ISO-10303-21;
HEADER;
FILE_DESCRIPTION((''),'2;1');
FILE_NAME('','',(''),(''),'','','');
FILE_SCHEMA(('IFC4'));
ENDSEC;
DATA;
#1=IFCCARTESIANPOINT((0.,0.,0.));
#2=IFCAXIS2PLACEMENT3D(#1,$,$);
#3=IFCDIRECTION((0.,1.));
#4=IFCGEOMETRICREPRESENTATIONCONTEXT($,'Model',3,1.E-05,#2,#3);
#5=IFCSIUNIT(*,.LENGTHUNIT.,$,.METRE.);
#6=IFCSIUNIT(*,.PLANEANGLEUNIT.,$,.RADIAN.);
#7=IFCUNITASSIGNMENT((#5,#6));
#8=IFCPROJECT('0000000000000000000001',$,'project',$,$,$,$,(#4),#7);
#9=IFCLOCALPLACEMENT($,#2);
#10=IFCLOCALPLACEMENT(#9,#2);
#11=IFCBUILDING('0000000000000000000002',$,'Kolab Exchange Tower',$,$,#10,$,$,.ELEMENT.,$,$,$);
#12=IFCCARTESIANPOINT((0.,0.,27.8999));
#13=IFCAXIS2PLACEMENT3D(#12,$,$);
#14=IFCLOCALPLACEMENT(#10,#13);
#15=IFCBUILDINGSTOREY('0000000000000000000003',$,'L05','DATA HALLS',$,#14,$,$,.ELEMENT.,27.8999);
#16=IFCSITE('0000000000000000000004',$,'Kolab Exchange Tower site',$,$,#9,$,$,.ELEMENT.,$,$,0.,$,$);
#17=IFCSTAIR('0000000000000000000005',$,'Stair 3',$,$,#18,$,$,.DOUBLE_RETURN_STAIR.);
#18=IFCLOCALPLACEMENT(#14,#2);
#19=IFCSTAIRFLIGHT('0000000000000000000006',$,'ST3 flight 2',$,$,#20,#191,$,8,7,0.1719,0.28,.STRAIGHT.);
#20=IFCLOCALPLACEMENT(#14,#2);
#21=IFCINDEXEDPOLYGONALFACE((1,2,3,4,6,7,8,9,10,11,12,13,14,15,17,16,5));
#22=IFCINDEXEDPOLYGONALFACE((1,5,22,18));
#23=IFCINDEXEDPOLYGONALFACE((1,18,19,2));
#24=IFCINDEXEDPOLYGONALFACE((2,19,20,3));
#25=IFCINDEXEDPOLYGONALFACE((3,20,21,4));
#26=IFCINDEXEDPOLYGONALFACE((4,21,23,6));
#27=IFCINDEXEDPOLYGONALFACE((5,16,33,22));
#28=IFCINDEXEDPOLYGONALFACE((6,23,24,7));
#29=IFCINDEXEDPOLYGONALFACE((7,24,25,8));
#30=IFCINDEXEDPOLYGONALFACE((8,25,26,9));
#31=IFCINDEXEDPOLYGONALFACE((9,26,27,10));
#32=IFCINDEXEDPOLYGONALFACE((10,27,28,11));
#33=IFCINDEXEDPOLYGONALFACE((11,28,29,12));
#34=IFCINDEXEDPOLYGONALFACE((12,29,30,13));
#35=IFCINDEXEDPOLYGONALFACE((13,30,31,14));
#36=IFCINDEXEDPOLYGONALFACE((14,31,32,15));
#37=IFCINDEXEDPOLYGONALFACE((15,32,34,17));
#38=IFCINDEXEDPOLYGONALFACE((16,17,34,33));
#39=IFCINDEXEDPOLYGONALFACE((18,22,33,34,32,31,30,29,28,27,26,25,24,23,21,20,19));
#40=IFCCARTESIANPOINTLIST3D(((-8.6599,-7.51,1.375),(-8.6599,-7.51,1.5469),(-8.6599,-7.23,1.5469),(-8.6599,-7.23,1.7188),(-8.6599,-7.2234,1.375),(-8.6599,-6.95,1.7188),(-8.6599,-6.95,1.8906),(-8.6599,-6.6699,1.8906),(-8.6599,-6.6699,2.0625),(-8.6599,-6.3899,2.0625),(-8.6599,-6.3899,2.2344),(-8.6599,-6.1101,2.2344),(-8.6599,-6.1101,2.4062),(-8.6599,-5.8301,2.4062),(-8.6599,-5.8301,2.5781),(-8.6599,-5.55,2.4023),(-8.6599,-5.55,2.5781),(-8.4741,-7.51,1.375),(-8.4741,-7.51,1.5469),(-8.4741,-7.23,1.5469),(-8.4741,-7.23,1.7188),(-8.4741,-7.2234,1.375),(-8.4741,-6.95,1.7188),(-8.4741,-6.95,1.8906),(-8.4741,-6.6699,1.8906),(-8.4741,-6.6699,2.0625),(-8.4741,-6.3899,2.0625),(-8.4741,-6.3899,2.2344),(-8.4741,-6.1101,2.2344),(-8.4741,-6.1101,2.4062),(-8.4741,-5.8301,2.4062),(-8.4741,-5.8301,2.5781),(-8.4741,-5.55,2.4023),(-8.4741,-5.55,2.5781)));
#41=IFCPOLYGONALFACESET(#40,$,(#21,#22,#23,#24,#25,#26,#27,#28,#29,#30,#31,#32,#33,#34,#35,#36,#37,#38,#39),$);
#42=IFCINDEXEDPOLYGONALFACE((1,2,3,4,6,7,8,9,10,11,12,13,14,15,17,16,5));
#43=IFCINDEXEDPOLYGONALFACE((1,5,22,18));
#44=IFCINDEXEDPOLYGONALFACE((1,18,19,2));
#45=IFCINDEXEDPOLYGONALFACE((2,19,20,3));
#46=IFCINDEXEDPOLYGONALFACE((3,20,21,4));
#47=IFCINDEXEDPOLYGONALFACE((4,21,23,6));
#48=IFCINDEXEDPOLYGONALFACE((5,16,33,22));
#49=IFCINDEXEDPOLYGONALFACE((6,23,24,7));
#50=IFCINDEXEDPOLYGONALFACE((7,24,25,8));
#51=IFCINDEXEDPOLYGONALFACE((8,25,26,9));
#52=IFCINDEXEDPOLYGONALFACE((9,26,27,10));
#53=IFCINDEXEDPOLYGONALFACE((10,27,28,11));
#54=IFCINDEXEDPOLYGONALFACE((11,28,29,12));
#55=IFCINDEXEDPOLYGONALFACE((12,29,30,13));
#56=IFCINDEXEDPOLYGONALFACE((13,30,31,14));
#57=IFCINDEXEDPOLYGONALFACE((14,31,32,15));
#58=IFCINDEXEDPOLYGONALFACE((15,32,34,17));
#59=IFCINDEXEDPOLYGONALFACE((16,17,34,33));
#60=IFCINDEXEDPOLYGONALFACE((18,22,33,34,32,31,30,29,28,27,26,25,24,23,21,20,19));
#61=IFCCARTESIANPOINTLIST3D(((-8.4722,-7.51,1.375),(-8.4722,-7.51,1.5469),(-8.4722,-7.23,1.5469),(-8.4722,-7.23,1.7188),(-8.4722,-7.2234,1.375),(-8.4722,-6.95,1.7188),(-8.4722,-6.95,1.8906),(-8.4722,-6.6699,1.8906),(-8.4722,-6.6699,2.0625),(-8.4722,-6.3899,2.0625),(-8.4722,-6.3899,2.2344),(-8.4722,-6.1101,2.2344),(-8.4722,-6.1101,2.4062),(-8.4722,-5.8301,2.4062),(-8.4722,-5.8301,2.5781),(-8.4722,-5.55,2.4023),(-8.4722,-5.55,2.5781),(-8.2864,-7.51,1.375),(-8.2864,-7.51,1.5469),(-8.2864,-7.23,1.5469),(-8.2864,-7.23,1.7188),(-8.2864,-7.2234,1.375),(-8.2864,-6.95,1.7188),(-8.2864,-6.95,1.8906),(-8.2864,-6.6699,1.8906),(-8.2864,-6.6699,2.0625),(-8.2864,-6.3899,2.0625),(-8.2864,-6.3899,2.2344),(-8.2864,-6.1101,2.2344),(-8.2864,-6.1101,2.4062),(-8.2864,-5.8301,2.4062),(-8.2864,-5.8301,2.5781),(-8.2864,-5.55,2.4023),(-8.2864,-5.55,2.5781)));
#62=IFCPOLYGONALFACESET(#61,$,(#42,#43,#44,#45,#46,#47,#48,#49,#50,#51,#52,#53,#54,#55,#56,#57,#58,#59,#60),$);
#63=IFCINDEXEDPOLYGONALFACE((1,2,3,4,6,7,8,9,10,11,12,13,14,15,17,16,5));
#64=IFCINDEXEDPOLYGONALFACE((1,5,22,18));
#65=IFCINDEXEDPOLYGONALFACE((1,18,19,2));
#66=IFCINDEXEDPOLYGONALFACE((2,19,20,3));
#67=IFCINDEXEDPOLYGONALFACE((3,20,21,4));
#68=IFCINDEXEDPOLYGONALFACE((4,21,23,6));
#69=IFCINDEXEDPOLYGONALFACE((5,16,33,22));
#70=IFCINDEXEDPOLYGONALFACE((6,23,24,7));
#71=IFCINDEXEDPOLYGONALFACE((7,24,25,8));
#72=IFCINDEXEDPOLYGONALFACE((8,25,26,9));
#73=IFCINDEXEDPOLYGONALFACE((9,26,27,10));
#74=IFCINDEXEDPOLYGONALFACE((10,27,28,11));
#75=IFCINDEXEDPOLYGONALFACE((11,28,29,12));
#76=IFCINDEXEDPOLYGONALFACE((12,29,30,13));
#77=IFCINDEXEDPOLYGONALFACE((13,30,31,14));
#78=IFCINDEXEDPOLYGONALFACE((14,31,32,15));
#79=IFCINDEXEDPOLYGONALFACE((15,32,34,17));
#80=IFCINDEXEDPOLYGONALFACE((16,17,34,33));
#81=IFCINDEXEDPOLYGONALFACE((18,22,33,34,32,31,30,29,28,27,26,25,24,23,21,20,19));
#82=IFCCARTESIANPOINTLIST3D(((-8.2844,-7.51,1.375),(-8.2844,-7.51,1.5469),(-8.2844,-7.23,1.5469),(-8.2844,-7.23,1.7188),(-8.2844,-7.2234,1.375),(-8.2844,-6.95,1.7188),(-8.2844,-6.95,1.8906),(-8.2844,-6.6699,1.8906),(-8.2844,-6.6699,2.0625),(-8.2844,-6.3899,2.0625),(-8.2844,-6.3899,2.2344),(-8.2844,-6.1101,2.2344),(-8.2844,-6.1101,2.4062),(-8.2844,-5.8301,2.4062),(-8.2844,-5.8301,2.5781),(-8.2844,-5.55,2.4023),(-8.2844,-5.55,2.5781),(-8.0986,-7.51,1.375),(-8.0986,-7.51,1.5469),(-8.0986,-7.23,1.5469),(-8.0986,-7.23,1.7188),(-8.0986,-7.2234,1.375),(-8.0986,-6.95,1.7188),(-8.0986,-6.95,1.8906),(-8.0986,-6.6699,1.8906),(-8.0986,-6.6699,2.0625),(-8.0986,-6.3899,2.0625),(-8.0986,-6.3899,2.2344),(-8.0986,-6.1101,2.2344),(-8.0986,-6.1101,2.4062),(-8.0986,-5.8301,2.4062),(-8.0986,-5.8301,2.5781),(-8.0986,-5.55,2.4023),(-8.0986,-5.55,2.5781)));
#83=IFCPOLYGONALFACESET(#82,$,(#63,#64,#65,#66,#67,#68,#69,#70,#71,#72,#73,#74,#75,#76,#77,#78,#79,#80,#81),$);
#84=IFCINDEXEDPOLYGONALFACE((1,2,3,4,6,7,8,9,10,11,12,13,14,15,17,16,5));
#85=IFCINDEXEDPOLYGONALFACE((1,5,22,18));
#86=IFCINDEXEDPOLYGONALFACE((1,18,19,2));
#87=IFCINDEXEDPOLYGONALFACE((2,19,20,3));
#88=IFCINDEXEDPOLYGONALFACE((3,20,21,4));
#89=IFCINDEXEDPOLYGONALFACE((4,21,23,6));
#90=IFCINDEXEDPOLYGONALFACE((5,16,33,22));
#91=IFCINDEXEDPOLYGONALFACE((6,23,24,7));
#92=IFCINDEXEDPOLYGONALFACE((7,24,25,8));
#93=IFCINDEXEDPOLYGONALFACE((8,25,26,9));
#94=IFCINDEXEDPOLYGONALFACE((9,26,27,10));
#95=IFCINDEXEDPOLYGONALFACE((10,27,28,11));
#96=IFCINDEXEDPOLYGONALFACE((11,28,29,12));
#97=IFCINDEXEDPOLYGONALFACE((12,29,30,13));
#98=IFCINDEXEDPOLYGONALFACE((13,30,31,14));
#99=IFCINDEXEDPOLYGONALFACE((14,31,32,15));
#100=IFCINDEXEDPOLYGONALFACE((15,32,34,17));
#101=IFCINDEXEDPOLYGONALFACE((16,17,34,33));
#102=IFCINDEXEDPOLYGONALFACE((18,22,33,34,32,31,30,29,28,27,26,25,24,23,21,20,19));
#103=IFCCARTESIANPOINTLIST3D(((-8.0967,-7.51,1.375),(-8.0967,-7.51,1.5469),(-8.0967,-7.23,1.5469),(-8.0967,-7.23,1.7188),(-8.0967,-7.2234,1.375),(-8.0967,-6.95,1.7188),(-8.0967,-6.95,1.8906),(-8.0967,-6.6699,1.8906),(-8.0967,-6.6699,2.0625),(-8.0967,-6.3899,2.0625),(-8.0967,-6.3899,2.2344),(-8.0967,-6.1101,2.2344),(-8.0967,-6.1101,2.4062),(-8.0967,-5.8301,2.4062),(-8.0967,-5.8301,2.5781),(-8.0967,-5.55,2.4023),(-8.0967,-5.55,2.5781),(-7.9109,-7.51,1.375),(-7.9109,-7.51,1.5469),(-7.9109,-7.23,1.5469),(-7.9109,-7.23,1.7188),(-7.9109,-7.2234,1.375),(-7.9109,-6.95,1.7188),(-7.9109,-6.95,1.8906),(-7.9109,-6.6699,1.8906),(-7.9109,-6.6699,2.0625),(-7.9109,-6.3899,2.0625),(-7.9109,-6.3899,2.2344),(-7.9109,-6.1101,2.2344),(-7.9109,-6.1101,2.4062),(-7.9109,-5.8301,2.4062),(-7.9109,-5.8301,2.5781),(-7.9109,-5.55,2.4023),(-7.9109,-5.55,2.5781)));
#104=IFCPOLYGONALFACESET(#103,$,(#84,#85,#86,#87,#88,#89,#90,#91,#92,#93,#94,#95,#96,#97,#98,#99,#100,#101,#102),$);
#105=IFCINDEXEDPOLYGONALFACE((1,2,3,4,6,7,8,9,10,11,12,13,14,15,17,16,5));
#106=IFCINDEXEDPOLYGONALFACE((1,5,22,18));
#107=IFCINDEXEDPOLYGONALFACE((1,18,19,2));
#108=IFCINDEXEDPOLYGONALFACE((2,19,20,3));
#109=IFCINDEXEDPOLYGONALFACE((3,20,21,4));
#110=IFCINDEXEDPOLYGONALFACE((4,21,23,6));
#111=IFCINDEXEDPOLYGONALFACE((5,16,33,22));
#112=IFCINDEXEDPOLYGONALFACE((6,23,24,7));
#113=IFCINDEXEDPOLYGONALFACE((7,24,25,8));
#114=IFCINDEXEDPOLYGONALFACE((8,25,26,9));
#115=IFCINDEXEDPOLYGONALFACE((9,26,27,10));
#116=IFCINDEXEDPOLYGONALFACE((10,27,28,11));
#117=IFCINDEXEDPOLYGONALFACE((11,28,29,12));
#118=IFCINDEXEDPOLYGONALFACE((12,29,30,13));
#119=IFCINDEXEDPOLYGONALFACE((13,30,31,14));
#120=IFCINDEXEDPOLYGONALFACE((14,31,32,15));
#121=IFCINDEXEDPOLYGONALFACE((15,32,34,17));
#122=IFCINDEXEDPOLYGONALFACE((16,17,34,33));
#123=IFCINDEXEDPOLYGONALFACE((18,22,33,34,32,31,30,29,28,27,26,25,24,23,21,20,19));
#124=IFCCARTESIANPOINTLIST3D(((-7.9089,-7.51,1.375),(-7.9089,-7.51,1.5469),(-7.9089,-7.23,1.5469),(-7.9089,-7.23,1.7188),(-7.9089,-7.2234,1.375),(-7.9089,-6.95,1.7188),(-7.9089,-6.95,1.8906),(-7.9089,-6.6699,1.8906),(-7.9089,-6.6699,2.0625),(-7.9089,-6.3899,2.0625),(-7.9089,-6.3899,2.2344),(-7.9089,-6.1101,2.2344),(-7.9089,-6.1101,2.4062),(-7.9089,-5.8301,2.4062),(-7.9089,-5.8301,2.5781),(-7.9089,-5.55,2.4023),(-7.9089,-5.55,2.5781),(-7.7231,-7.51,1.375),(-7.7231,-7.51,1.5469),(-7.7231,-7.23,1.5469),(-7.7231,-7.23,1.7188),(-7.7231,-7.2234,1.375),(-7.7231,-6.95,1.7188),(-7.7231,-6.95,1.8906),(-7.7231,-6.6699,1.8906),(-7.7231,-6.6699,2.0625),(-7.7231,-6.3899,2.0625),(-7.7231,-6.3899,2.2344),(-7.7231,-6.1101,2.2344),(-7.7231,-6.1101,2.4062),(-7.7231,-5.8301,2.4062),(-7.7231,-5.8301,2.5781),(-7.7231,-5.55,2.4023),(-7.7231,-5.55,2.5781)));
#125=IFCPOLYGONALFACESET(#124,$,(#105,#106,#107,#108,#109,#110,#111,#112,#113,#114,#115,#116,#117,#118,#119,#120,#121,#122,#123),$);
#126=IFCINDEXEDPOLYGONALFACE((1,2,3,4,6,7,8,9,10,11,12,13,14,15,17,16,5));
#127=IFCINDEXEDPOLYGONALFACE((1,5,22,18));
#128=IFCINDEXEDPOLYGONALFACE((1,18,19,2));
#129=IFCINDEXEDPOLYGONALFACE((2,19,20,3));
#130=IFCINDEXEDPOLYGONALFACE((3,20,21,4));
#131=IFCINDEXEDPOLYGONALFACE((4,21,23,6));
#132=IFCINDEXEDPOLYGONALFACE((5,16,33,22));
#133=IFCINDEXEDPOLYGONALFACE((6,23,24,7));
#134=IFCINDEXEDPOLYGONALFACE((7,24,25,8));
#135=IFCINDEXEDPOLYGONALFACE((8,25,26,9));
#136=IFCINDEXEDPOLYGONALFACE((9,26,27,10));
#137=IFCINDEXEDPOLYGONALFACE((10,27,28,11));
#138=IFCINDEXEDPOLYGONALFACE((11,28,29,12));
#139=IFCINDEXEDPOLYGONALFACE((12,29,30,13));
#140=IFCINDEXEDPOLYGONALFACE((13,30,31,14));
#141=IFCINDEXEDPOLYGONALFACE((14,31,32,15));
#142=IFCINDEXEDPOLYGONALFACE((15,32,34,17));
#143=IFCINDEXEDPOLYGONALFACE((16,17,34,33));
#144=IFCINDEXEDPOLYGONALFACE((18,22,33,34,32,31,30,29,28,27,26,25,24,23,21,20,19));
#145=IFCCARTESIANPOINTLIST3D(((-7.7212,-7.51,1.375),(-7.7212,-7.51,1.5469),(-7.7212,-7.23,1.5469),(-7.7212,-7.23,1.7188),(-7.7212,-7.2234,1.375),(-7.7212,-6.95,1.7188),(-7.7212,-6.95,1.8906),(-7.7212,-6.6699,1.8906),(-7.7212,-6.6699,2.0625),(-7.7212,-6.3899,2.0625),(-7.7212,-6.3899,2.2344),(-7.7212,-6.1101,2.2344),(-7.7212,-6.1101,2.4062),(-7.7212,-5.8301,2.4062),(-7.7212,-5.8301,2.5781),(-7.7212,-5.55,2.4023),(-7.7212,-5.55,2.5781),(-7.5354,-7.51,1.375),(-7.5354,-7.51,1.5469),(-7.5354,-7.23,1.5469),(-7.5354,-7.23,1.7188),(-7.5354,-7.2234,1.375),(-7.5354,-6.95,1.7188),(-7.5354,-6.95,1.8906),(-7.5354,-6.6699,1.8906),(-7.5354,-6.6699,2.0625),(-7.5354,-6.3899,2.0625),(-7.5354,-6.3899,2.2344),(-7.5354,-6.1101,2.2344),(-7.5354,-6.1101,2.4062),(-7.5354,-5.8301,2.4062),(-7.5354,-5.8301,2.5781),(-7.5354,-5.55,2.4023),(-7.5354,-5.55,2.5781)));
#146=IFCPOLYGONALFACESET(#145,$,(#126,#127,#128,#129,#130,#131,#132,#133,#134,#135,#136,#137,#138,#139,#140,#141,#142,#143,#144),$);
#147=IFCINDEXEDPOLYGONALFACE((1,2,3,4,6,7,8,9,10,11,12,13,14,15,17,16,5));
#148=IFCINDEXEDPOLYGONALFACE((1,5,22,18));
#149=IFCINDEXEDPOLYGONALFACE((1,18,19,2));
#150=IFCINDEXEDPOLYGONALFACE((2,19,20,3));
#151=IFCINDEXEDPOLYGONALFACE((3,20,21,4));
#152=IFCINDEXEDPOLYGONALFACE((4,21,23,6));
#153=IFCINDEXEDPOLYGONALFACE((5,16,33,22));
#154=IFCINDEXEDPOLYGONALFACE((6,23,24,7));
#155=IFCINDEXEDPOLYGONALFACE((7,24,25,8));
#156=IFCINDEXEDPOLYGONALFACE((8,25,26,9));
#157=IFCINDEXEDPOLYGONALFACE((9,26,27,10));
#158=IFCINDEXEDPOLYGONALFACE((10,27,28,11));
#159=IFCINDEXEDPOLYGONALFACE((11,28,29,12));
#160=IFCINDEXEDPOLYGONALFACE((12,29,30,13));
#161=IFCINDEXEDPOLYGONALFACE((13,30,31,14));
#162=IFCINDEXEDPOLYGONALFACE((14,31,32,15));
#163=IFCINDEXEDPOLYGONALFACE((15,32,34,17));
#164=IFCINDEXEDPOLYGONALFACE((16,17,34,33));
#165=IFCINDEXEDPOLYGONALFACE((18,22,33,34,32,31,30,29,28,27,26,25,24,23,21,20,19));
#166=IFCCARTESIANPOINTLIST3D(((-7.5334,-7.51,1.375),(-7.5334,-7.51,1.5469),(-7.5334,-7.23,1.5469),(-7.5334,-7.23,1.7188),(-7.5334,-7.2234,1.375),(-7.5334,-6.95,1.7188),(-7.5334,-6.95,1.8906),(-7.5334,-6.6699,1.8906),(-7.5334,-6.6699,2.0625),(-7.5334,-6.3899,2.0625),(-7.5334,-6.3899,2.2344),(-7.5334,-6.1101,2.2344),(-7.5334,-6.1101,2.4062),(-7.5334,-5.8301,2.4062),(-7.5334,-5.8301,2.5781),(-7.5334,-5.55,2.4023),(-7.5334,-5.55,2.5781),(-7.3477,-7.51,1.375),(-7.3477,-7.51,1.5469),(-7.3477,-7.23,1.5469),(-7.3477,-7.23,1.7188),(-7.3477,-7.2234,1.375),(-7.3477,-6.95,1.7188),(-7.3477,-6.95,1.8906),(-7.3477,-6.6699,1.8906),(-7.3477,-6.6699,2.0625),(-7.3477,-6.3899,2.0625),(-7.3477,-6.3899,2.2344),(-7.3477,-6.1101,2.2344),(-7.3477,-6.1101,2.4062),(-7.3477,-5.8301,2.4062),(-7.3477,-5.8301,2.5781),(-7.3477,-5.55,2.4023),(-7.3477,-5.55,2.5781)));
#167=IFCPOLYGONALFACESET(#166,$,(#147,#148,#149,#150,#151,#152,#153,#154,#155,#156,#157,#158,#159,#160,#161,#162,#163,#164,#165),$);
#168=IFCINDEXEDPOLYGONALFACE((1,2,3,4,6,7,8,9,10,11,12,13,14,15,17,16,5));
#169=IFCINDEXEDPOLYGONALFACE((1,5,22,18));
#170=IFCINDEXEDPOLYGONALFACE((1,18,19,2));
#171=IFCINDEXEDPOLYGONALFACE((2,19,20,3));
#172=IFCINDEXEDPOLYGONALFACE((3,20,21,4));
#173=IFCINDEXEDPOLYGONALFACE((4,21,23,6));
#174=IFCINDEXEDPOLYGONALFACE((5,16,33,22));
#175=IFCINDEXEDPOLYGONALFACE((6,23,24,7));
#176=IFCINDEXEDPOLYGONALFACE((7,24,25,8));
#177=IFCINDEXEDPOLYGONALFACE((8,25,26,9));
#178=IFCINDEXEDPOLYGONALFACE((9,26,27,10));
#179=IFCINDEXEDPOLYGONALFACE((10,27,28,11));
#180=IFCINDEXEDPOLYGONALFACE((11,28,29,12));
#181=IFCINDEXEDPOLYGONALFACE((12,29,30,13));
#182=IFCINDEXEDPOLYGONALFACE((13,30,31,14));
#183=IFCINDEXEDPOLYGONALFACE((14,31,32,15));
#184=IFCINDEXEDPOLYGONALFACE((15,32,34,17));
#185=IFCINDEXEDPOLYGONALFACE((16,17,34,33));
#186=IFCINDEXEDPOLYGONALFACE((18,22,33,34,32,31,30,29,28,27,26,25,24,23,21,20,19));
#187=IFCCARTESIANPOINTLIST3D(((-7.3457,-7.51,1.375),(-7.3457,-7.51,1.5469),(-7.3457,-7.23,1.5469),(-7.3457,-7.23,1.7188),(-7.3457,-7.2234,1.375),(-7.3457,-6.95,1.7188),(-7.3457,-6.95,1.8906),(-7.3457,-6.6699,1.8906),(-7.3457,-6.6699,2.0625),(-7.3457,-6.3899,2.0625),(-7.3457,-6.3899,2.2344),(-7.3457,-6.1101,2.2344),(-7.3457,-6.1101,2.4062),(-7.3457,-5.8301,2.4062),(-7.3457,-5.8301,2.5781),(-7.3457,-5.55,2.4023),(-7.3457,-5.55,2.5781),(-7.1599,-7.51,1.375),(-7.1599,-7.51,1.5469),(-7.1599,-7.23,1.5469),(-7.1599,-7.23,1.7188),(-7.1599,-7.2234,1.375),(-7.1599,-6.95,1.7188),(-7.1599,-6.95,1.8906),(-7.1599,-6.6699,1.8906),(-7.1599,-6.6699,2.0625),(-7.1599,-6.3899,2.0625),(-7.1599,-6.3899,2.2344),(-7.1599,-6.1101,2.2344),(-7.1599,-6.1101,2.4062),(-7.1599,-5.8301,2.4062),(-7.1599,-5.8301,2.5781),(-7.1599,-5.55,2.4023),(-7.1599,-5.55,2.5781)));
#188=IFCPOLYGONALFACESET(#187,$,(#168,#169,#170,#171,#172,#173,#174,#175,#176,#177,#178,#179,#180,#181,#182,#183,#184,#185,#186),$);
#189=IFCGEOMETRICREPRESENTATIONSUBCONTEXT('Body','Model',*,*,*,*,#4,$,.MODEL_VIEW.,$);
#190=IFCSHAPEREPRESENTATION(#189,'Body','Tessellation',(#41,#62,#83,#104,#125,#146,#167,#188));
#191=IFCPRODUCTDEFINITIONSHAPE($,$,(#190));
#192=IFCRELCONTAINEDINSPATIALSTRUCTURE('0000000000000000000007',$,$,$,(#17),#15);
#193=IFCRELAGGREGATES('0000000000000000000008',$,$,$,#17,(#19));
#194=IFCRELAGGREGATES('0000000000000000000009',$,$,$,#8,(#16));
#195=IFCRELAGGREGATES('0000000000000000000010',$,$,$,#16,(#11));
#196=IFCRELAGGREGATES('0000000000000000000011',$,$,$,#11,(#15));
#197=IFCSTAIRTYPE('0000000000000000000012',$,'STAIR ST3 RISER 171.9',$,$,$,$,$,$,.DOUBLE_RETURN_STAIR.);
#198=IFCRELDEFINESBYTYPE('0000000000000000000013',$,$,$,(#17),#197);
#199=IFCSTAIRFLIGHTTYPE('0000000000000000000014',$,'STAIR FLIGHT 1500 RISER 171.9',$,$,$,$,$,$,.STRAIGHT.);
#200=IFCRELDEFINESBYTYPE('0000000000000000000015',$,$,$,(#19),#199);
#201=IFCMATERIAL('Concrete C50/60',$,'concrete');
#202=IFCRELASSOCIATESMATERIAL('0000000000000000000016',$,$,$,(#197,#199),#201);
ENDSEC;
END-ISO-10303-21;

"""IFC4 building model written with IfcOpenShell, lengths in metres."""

from ifc_helpers import new_model, si_unit, direction, frame, origin, place, context, subcontext, project, spatial, polyline, outline, extrude, material, type_object, element, aggregate, save


model = new_model("IFC4")

# Units and contexts
model_context = context("Model", 3, precision=1e-05, world=origin(), true_north=direction((0.0, 1.0)))
body_context = subcontext(model_context, "Body", "Model", "MODEL_VIEW")
ifc_project = project(units=[si_unit("LENGTHUNIT", "METRE"), si_unit("PLANEANGLEUNIT", "RADIAN")], contexts=[model_context])

# Site, building, storey
site_placement = place(None, origin())
site = spatial("IfcSite", under=ifc_project, at=site_placement, Name="Kolab Exchange Tower site", CompositionType="ELEMENT", RefElevation=0.0)
building_placement = place(site_placement, origin())
building = spatial("IfcBuilding", under=site, at=building_placement, Name="Kolab Exchange Tower", CompositionType="ELEMENT")
storey_placement = place(building_placement, frame((0.0, 0.0, 27.8999)))
storey = spatial("IfcBuildingStorey", under=building, at=storey_placement, Name="L05", Description="DATA HALLS", CompositionType="ELEMENT", Elevation=27.8999)

# Shared definitions
ifc_material_1 = material(Name="Concrete C50/60", Category="concrete")

# Stair, stair flight
stair_type = type_object("IfcStairType", Name="STAIR ST3 RISER 171.9", PredefinedType="DOUBLE_RETURN_STAIR", material=ifc_material_1)
stair_placement = place(storey_placement, origin())
stair = element("IfcStair", 1, at=stair_placement, inside=storey, type_object=stair_type, Name="Stair 3", PredefinedType="DOUBLE_RETURN_STAIR")
stair_flight_type = type_object("IfcStairFlightType", Name="STAIR FLIGHT 1500 RISER 171.9", PredefinedType="STRAIGHT", material=ifc_material_1)
stair_flight_1_placement = place(storey_placement, frame((-7.9099, -7.51, 1.375), z_axis=(0.0, 0.0, 1.0), x_axis=(0.0, 1.0, 0.0)))
stair_flight_1 = element("IfcStairFlight", 2, at=stair_flight_1_placement, type_object=stair_flight_type, Name="ST3 flight 2", NumberOfRisers=8, NumberOfTreads=7, PredefinedType="STRAIGHT", RiserHeight=0.1719, TreadLength=0.28, context=body_context, shape_type="SweptSolid", body=[
    extrude(outline(polyline([(0.0, 0.0), (0.0, 0.1719), (0.28, 0.1719), (0.28, 0.3438), (0.5601, 0.3438), (0.5601, 0.5156), (0.8401, 0.5156), (0.8401, 0.6875), (1.1201, 0.6875), (1.1201, 0.8594), (1.3999, 0.8594), (1.3999, 1.0312), (1.6799, 1.0312), (1.6799, 1.2031), (1.96, 1.2031), (1.96, 1.375), (1.96, 1.0273), (0.2866, 0.0), (0.0, 0.0)])), frame((0.0, 0.75, 0.0), z_axis=(0.0, -1.0, 0.0), x_axis=(1.0, 0.0, 0.0)), (0.0, 0.0, 1.0), 0.1858),
    extrude(outline(polyline([(0.0, 0.0), (0.0, 0.1719), (0.28, 0.1719), (0.28, 0.3438), (0.5601, 0.3438), (0.5601, 0.5156), (0.8401, 0.5156), (0.8401, 0.6875), (1.1201, 0.6875), (1.1201, 0.8594), (1.3999, 0.8594), (1.3999, 1.0312), (1.6799, 1.0312), (1.6799, 1.2031), (1.96, 1.2031), (1.96, 1.375), (1.96, 1.0273), (0.2866, 0.0), (0.0, 0.0)])), frame((0.0, 0.5623, 0.0), z_axis=(0.0, -1.0, 0.0), x_axis=(1.0, 0.0, 0.0)), (0.0, 0.0, 1.0), 0.1858),
    extrude(outline(polyline([(0.0, 0.0), (0.0, 0.1719), (0.28, 0.1719), (0.28, 0.3438), (0.5601, 0.3438), (0.5601, 0.5156), (0.8401, 0.5156), (0.8401, 0.6875), (1.1201, 0.6875), (1.1201, 0.8594), (1.3999, 0.8594), (1.3999, 1.0312), (1.6799, 1.0312), (1.6799, 1.2031), (1.96, 1.2031), (1.96, 1.375), (1.96, 1.0273), (0.2866, 0.0), (0.0, 0.0)])), frame((0.0, 0.3745, 0.0), z_axis=(0.0, -1.0, 0.0), x_axis=(1.0, 0.0, 0.0)), (0.0, 0.0, 1.0), 0.1858),
    extrude(outline(polyline([(0.0, 0.0), (0.0, 0.1719), (0.28, 0.1719), (0.28, 0.3438), (0.5601, 0.3438), (0.5601, 0.5156), (0.8401, 0.5156), (0.8401, 0.6875), (1.1201, 0.6875), (1.1201, 0.8594), (1.3999, 0.8594), (1.3999, 1.0312), (1.6799, 1.0312), (1.6799, 1.2031), (1.96, 1.2031), (1.96, 1.375), (1.96, 1.0273), (0.2866, 0.0), (0.0, 0.0)])), frame((0.0, 0.1868, 0.0), z_axis=(0.0, -1.0, 0.0), x_axis=(1.0, 0.0, 0.0)), (0.0, 0.0, 1.0), 0.1858),
    extrude(outline(polyline([(0.0, 0.0), (0.0, 0.1719), (0.28, 0.1719), (0.28, 0.3438), (0.5601, 0.3438), (0.5601, 0.5156), (0.8401, 0.5156), (0.8401, 0.6875), (1.1201, 0.6875), (1.1201, 0.8594), (1.3999, 0.8594), (1.3999, 1.0312), (1.6799, 1.0312), (1.6799, 1.2031), (1.96, 1.2031), (1.96, 1.375), (1.96, 1.0273), (0.2866, 0.0), (0.0, 0.0)])), frame((0.0, -0.001, 0.0), z_axis=(0.0, -1.0, 0.0), x_axis=(1.0, 0.0, 0.0)), (0.0, 0.0, 1.0), 0.1858),
    extrude(outline(polyline([(0.0, 0.0), (0.0, 0.1719), (0.28, 0.1719), (0.28, 0.3438), (0.5601, 0.3438), (0.5601, 0.5156), (0.8401, 0.5156), (0.8401, 0.6875), (1.1201, 0.6875), (1.1201, 0.8594), (1.3999, 0.8594), (1.3999, 1.0312), (1.6799, 1.0312), (1.6799, 1.2031), (1.96, 1.2031), (1.96, 1.375), (1.96, 1.0273), (0.2866, 0.0), (0.0, 0.0)])), frame((0.0, -0.1887, 0.0), z_axis=(0.0, -1.0, 0.0), x_axis=(1.0, 0.0, 0.0)), (0.0, 0.0, 1.0), 0.1858),
    extrude(outline(polyline([(0.0, 0.0), (0.0, 0.1719), (0.28, 0.1719), (0.28, 0.3438), (0.5601, 0.3438), (0.5601, 0.5156), (0.8401, 0.5156), (0.8401, 0.6875), (1.1201, 0.6875), (1.1201, 0.8594), (1.3999, 0.8594), (1.3999, 1.0312), (1.6799, 1.0312), (1.6799, 1.2031), (1.96, 1.2031), (1.96, 1.375), (1.96, 1.0273), (0.2866, 0.0), (0.0, 0.0)])), frame((0.0, -0.3765, 0.0), z_axis=(0.0, -1.0, 0.0), x_axis=(1.0, 0.0, 0.0)), (0.0, 0.0, 1.0), 0.1858),
    extrude(outline(polyline([(0.0, 0.0), (0.0, 0.1719), (0.28, 0.1719), (0.28, 0.3438), (0.5601, 0.3438), (0.5601, 0.5156), (0.8401, 0.5156), (0.8401, 0.6875), (1.1201, 0.6875), (1.1201, 0.8594), (1.3999, 0.8594), (1.3999, 1.0312), (1.6799, 1.0312), (1.6799, 1.2031), (1.96, 1.2031), (1.96, 1.375), (1.96, 1.0273), (0.2866, 0.0), (0.0, 0.0)])), frame((0.0, -0.5642, 0.0), z_axis=(0.0, -1.0, 0.0), x_axis=(1.0, 0.0, 0.0)), (0.0, 0.0, 1.0), 0.1858),
])
aggregate(stair, [stair_flight_1])

save(model, "model.ifc")
